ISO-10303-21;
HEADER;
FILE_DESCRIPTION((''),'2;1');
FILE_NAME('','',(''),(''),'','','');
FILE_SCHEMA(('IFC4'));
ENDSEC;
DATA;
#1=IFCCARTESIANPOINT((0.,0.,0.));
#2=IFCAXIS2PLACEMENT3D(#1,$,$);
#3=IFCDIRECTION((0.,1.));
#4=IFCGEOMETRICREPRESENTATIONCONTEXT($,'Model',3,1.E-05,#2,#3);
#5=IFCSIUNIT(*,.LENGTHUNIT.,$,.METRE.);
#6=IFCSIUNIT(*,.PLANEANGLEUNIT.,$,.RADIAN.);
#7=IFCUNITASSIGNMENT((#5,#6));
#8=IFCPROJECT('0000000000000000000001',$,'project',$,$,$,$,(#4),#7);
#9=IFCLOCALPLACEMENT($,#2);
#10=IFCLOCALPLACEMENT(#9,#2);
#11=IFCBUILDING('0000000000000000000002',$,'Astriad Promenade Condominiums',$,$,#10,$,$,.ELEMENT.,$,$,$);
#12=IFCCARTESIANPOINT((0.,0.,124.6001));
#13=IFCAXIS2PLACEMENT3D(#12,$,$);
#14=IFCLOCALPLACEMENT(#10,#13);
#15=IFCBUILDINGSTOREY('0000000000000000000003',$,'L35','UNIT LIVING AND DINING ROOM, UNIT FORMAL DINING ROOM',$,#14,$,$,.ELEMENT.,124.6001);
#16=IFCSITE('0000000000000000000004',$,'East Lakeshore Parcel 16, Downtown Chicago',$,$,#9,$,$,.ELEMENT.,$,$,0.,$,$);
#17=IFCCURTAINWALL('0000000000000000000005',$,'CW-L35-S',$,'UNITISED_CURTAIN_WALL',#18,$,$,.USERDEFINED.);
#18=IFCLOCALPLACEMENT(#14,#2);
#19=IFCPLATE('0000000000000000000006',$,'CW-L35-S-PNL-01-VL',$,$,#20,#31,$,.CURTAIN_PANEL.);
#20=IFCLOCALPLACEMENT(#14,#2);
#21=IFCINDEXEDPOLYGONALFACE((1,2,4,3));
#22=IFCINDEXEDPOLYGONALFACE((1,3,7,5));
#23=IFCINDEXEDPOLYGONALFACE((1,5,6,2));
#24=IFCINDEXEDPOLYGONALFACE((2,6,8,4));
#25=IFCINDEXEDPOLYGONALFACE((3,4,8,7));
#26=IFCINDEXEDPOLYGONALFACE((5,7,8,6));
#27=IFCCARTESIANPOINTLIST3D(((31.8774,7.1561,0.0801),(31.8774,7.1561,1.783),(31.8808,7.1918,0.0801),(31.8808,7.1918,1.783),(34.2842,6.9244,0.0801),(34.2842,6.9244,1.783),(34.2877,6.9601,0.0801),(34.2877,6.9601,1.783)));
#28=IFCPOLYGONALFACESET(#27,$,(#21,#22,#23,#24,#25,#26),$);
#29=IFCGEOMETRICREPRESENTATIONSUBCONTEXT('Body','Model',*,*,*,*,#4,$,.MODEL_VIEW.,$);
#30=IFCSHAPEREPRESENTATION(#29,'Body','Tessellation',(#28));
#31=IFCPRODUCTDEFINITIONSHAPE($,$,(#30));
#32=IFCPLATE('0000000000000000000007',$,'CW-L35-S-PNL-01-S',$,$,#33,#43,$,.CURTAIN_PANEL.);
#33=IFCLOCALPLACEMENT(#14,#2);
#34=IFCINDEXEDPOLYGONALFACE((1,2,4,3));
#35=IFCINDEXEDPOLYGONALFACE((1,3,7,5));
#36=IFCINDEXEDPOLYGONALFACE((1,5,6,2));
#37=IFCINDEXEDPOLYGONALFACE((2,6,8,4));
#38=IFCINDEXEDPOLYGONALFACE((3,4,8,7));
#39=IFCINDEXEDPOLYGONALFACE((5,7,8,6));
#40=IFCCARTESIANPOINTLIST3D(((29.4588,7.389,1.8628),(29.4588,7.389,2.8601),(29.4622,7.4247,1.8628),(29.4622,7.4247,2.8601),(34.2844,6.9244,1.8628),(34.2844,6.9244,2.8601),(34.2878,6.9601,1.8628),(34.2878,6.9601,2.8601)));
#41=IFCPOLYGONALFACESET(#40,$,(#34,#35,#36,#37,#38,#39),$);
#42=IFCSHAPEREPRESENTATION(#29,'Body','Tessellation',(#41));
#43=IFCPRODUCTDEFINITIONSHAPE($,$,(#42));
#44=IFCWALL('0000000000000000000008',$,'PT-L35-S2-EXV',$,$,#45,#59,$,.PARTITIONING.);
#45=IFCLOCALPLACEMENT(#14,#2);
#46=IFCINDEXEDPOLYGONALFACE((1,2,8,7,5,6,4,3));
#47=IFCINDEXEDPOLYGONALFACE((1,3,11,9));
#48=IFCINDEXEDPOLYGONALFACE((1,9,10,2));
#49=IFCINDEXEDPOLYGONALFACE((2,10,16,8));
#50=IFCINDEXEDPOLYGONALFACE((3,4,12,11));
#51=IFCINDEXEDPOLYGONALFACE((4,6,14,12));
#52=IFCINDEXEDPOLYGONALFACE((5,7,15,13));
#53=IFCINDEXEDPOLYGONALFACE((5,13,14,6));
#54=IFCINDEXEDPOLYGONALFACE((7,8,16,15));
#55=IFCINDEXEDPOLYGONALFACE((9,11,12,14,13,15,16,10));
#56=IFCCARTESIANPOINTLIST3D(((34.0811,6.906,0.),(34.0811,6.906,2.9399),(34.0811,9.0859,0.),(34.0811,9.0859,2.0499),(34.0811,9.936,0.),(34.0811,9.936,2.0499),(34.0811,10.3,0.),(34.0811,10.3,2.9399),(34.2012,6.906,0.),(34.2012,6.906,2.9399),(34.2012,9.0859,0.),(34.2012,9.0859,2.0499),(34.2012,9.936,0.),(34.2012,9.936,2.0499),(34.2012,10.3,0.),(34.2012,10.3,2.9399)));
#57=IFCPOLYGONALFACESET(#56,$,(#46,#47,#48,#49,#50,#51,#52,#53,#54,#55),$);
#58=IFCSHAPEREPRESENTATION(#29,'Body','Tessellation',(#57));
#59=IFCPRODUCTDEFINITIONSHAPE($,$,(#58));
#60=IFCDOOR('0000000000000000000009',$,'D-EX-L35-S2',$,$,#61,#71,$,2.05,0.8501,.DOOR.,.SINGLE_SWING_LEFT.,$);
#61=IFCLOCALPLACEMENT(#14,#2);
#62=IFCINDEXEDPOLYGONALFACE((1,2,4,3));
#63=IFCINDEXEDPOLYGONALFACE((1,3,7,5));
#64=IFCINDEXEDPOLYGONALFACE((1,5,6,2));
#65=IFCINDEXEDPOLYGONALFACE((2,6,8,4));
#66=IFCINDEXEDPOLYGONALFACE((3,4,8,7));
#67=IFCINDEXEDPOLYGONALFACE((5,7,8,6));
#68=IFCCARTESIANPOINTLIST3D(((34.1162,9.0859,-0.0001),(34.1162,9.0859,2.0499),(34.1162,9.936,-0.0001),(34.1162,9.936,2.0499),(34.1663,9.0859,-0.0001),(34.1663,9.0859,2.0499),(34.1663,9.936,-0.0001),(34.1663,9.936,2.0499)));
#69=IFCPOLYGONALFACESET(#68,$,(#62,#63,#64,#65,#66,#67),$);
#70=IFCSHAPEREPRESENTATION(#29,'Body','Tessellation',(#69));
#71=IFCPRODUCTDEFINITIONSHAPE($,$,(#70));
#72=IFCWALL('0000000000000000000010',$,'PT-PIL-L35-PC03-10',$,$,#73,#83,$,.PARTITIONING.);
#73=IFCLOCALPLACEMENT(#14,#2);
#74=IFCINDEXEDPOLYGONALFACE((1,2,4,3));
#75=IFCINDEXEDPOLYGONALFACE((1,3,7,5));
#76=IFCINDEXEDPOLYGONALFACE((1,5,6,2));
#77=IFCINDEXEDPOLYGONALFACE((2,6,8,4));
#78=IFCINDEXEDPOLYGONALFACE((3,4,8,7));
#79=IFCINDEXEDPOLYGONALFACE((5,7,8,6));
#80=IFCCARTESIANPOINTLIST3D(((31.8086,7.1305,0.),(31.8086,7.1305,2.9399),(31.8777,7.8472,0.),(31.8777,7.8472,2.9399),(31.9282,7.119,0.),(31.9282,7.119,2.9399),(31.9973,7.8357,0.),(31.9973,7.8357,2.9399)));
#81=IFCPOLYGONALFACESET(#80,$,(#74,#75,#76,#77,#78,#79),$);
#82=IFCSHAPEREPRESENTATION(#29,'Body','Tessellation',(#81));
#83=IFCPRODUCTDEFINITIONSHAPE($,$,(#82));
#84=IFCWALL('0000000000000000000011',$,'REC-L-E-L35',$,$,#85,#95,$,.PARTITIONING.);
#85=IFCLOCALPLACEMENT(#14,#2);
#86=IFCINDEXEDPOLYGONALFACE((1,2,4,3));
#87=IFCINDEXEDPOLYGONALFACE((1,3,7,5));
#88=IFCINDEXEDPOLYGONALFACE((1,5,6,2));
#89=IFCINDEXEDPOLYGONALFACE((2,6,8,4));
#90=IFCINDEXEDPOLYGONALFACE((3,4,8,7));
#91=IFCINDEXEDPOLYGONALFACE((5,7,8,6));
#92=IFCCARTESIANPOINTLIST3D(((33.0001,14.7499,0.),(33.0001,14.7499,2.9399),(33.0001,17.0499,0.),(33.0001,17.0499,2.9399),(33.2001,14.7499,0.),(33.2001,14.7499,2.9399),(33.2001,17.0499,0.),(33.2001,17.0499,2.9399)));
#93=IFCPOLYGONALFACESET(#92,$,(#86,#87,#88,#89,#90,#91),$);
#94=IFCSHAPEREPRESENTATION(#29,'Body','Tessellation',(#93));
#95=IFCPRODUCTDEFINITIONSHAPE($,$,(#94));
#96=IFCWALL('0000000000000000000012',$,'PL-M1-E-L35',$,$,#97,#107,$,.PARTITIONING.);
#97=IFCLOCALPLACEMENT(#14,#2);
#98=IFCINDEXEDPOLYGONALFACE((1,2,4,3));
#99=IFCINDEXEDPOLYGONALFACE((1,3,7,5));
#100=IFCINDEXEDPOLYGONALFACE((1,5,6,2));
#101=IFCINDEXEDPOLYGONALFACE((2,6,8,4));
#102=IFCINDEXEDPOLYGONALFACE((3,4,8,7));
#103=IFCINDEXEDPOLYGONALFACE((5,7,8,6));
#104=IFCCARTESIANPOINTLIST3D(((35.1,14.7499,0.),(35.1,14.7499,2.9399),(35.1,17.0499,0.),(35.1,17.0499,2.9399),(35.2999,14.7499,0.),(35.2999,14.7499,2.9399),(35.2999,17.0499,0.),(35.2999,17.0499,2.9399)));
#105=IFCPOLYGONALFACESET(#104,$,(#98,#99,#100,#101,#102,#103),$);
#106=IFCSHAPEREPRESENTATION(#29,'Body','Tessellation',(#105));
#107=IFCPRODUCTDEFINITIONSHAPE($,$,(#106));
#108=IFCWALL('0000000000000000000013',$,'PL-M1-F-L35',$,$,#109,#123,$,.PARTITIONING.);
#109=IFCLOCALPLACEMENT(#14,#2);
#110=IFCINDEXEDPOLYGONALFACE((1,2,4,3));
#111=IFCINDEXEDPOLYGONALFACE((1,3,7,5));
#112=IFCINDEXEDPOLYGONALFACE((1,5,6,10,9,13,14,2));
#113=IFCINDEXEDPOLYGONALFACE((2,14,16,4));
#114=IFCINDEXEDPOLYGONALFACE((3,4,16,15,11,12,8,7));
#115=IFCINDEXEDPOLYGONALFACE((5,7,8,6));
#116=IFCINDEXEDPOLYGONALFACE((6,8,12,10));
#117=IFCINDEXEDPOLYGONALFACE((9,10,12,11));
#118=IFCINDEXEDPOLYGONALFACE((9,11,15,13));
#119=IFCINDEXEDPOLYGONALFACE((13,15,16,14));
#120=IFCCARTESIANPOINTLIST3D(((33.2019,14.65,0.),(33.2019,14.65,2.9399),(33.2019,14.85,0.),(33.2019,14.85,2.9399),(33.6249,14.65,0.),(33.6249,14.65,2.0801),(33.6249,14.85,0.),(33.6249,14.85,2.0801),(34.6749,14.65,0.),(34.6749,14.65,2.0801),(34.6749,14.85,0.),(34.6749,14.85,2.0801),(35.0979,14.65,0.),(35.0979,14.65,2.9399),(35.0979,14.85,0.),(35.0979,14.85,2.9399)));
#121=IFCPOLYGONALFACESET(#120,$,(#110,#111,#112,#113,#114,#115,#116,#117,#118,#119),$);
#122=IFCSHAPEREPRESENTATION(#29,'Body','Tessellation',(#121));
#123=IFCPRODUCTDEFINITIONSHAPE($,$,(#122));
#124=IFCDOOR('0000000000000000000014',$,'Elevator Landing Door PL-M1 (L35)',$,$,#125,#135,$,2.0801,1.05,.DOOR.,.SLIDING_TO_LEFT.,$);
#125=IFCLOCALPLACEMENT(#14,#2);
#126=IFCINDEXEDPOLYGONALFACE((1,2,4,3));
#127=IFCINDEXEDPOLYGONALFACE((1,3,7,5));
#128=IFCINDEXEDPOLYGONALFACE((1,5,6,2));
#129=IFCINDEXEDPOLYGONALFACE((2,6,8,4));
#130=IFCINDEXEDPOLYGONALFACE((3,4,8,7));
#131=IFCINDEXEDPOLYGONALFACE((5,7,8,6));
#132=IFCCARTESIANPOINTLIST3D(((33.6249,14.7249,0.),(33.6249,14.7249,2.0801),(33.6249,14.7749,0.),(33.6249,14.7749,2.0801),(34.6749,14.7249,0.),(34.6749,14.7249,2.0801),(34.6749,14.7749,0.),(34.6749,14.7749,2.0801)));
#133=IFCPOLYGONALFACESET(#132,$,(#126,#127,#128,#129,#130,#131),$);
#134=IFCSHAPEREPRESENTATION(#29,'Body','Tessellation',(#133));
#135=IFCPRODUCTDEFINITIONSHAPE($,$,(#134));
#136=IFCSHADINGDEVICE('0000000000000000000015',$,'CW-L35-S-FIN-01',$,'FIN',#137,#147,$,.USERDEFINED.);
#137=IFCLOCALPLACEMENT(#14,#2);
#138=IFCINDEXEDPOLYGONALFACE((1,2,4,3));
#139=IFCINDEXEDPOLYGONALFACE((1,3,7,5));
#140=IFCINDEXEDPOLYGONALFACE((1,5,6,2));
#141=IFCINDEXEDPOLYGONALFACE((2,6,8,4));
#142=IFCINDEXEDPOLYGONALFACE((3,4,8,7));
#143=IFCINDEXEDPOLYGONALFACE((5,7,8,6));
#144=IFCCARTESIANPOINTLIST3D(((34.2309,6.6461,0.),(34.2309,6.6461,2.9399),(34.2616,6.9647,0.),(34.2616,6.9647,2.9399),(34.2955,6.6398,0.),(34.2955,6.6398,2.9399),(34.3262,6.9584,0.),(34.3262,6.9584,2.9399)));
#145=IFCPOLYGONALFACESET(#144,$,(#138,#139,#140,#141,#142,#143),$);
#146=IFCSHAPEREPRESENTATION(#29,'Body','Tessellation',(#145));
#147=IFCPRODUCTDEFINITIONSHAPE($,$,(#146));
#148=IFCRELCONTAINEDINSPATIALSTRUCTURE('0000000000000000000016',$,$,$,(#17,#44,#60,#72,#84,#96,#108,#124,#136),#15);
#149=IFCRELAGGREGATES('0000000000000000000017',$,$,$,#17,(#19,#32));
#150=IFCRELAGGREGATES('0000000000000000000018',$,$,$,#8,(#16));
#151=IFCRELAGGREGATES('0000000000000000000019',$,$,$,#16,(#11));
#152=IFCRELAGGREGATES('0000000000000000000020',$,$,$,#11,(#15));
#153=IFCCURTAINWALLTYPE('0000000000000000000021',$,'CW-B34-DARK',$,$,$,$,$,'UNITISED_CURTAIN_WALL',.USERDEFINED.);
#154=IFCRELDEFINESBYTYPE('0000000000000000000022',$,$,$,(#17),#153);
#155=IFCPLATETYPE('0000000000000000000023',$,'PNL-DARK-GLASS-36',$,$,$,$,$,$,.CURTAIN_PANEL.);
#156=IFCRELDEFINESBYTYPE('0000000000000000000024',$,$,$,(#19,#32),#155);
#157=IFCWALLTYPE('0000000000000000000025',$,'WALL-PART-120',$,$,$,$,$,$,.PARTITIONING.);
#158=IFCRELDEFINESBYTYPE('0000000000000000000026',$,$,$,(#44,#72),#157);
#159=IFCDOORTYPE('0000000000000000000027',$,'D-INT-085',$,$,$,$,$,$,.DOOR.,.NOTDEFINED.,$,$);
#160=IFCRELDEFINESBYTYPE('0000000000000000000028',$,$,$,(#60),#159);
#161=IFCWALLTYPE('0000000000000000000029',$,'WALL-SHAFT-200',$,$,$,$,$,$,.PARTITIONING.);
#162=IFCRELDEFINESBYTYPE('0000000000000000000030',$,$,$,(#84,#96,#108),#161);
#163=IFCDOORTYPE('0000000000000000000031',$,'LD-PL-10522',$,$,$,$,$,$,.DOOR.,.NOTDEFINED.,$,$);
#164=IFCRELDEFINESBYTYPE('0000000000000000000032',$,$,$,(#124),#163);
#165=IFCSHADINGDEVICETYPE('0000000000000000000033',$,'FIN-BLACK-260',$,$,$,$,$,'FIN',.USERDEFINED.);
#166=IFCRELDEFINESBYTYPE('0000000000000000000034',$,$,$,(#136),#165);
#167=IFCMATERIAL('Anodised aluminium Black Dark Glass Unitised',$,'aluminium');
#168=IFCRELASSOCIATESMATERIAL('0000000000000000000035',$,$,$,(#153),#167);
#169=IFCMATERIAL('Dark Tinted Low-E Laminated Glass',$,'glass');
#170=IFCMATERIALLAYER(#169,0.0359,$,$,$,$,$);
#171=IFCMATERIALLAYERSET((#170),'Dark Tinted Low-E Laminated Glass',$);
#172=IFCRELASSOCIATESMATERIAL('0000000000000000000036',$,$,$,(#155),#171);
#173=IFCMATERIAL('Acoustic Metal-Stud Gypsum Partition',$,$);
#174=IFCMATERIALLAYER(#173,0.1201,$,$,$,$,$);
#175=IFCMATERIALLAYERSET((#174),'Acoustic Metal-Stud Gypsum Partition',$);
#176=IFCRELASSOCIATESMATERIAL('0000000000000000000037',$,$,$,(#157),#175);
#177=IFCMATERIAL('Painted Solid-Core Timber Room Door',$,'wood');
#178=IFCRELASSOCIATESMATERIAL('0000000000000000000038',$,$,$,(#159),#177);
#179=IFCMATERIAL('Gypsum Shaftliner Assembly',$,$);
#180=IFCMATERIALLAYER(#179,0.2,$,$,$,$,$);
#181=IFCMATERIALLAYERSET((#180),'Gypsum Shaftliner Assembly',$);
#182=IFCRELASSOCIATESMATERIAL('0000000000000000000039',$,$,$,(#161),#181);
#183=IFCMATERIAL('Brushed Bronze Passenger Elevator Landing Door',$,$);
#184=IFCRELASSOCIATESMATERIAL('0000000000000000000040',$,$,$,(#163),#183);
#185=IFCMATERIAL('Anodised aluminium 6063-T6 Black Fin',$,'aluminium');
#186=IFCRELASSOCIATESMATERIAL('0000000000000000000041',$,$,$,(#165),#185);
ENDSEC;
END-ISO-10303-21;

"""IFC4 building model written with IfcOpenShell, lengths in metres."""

from ifc_helpers import new_model, si_unit, direction, frame, frame_2d, origin, origin_2d, place, context, subcontext, project, spatial, rectangle, extrude, source, transform, mapped, material, layer, layer_set, type_object, type_shapes, element, fill, aggregate, save


model = new_model("IFC4")

# Units and contexts
model_context = context("Model", 3, precision=1e-05, world=origin(), true_north=direction((0.0, 1.0)))
body_context = subcontext(model_context, "Body", "Model", "MODEL_VIEW")
ifc_project = project(units=[si_unit("LENGTHUNIT", "METRE"), si_unit("PLANEANGLEUNIT", "RADIAN")], contexts=[model_context])

# Site, building, storey
site_placement = place(None, origin())
site = spatial("IfcSite", under=ifc_project, at=site_placement, Name="East Lakeshore Parcel 16, Downtown Chicago", CompositionType="ELEMENT", RefElevation=0.0)
building_placement = place(site_placement, origin())
building = spatial("IfcBuilding", under=site, at=building_placement, Name="Astriad Promenade Condominiums", CompositionType="ELEMENT")
storey_placement = place(building_placement, frame((0.0, 0.0, 124.6001)))
storey = spatial("IfcBuildingStorey", under=building, at=storey_placement, Name="L35", Description="UNIT LIVING AND DINING ROOM, UNIT FORMAL DINING ROOM", CompositionType="ELEMENT", Elevation=124.6001)

# Curtain wall, plates
ifc_material_1 = material(Name="Anodised aluminium Black Dark Glass Unitised", Category="aluminium")
curtain_wall_type = type_object("IfcCurtainWallType", Name="CW-B34-DARK", ElementType="UNITISED_CURTAIN_WALL", PredefinedType="USERDEFINED", material=ifc_material_1)
curtain_wall_placement = place(storey_placement, origin())
curtain_wall = element("IfcCurtainWall", 1, at=curtain_wall_placement, inside=storey, type_object=curtain_wall_type, Name="CW-L35-S", ObjectType="UNITISED_CURTAIN_WALL", PredefinedType="USERDEFINED")
ifc_material_2 = material(Name="Dark Tinted Low-E Laminated Glass", Category="glass")
ifc_layer_1 = layer(ifc_material_2, 0.0359)
ifc_layer_set_1 = layer_set([ifc_layer_1], Name="Dark Tinted Low-E Laminated Glass")
plate_type = type_object("IfcPlateType", Name="PNL-DARK-GLASS-36", PredefinedType="CURTAIN_PANEL", material=ifc_layer_set_1)
shared_shape_1 = source(origin(), body_context, "Body", "SweptSolid", [
    extrude(rectangle(XDim=2.418, YDim=0.0359, at=origin_2d()), origin(), (0.0, 0.0, 1.0), 1.7029),
])
plate_1_placement = place(storey_placement, frame((33.0825, 7.0581, 0.0801), z_axis=(0.0, 0.0, 1.0), x_axis=(-0.995396, 0.095846, 0.0)))
plate_1 = element("IfcPlate", 2, at=plate_1_placement, type_object=plate_type, Name="CW-L35-S-PNL-01-VL", PredefinedType="CURTAIN_PANEL", context=body_context, shape_type="MappedRepresentation", body=[
    mapped(shared_shape_1, transform((0.0, 0.0, 0.0), scale=1.0)),
])
shared_shape_2 = source(origin(), body_context, "Body", "SweptSolid", [
    extrude(rectangle(XDim=4.8479, YDim=0.0359, at=origin_2d()), origin(), (0.0, 0.0, 1.0), 0.9973),
])
type_shapes(plate_type, [shared_shape_1, shared_shape_2])
plate_2_placement = place(storey_placement, frame((31.8733, 7.1746, 1.8628), z_axis=(0.0, 0.0, 1.0), x_axis=(-0.995396, 0.095846, 0.0)))
plate_2 = element("IfcPlate", 3, at=plate_2_placement, type_object=plate_type, Name="CW-L35-S-PNL-01-S", PredefinedType="CURTAIN_PANEL", context=body_context, shape_type="MappedRepresentation", body=[
    mapped(shared_shape_2, transform((0.0, 0.0, 0.0), scale=1.0)),
])
aggregate(curtain_wall, [plate_1, plate_2])

# Wall, opening, door
ifc_material_3 = material(Name="Acoustic Metal-Stud Gypsum Partition")
ifc_layer_2 = layer(ifc_material_3, 0.1201)
ifc_layer_set_2 = layer_set([ifc_layer_2], Name="Acoustic Metal-Stud Gypsum Partition")
wall_type_1 = type_object("IfcWallType", Name="WALL-PART-120", PredefinedType="PARTITIONING", material=ifc_layer_set_2)
wall_1_placement = place(storey_placement, frame((34.1411, 6.906, 0.0), z_axis=(0.0, 0.0, 1.0), x_axis=(0.0, 1.0, 0.0)))
wall_1 = element("IfcWall", 4, at=wall_1_placement, inside=storey, type_object=wall_type_1, Name="PT-L35-S2-EXV", PredefinedType="PARTITIONING", context=body_context, shape_type="SweptSolid", body=[
    extrude(rectangle(XDim=3.394, YDim=0.1201, at=frame_2d((1.697, 0.0))), origin(), (0.0, 0.0, 1.0), 2.9399),
])
opening_1_placement = place(wall_1_placement, frame((2.1799, 0.0, 0.0)))
opening_1 = element("IfcOpeningElement", 5, at=opening_1_placement, cuts=wall_1, PredefinedType="OPENING", context=body_context, shape_type="SweptSolid", body=[
    extrude(rectangle(XDim=0.8501, YDim=2.05, at=frame_2d((0.425, 1.0249))), frame((0.0, 0.0701, 0.0), z_axis=(0.0, -1.0, 0.0), x_axis=(1.0, 0.0, 0.0)), (0.0, 0.0, 1.0), 0.1401),
])
ifc_material_4 = material(Name="Painted Solid-Core Timber Room Door", Category="wood")
door_type_1 = type_object("IfcDoorType", Name="D-INT-085", OperationType="NOTDEFINED", PredefinedType="DOOR", material=ifc_material_4)
shared_shape_3 = source(origin(), body_context, "Body", "SweptSolid", [
    extrude(rectangle(XDim=0.8501, YDim=2.05, at=frame_2d((0.425, 1.0249))), frame((0.0, 0.0249, 0.0), z_axis=(0.0, -1.0, 0.0), x_axis=(1.0, 0.0, 0.0)), (0.0, 0.0, 1.0), 0.05),
])
type_shapes(door_type_1, [shared_shape_3])
door_1_placement = place(opening_1_placement, origin())
door_1 = element("IfcDoor", 6, at=door_1_placement, inside=storey, type_object=door_type_1, Name="D-EX-L35-S2", OperationType="SINGLE_SWING_LEFT", OverallHeight=2.05, OverallWidth=0.8501, PredefinedType="DOOR", context=body_context, shape_type="MappedRepresentation", body=[
    mapped(shared_shape_3, transform((0.0, 0.0, 0.0), scale=1.0)),
])
fill(opening_1, door_1)

# Walls
wall_2_placement = place(storey_placement, frame((31.9375, 7.8413, 0.0), z_axis=(0.0, 0.0, 1.0), x_axis=(-0.095977, -0.995384, 0.0)))
element("IfcWall", 7, at=wall_2_placement, inside=storey, type_object=wall_type_1, Name="PT-PIL-L35-PC03-10", PredefinedType="PARTITIONING", context=body_context, shape_type="SweptSolid", body=[
    extrude(rectangle(XDim=0.72, YDim=0.1201, at=frame_2d((0.3599, 0.0))), origin(), (0.0, 0.0, 1.0), 2.9399),
])
ifc_material_5 = material(Name="Gypsum Shaftliner Assembly")
ifc_layer_3 = layer(ifc_material_5, 0.2)
ifc_layer_set_3 = layer_set([ifc_layer_3], Name="Gypsum Shaftliner Assembly")
wall_type_2 = type_object("IfcWallType", Name="WALL-SHAFT-200", PredefinedType="PARTITIONING", material=ifc_layer_set_3)
for number, where, z_axis, x_axis, name in (
    (8, (33.1001, 14.75, 0.0), (0.0, 0.0, 1.0), (0.0, 1.0, 0.0), "REC-L-E-L35"),
    (9, (35.2, 14.75, 0.0), (0.0, 0.0, 1.0), (0.0, 1.0, 0.0), "PL-M1-E-L35"),
):
    element("IfcWall", number, at=place(storey_placement, frame(where, z_axis=z_axis, x_axis=x_axis)), inside=storey, type_object=wall_type_2, Name=name, PredefinedType="PARTITIONING", context=body_context, shape_type="SweptSolid", body=[
        extrude(rectangle(XDim=2.3, YDim=0.2, at=frame_2d((1.1499, 0.0))), origin(), (0.0, 0.0, 1.0), 2.9399),
    ])

# Wall, opening, door
wall_3_placement = place(storey_placement, frame((33.2019, 14.75, 0.0), z_axis=(0.0, 0.0, 1.0), x_axis=(1.0, 0.0, 0.0)))
wall_3 = element("IfcWall", 10, at=wall_3_placement, inside=storey, type_object=wall_type_2, Name="PL-M1-F-L35", PredefinedType="PARTITIONING", context=body_context, shape_type="SweptSolid", body=[
    extrude(rectangle(XDim=1.896, YDim=0.2, at=frame_2d((0.948, 0.0))), origin(), (0.0, 0.0, 1.0), 2.9399),
])
opening_2_placement = place(wall_3_placement, frame((0.4231, 0.0, 0.0)))
opening_2 = element("IfcOpeningElement", 11, at=opening_2_placement, cuts=wall_3, PredefinedType="OPENING", context=body_context, shape_type="SweptSolid", body=[
    extrude(rectangle(XDim=1.05, YDim=2.0801, at=frame_2d((0.5249, 1.04))), frame((0.0, 0.1099, 0.0), z_axis=(0.0, -1.0, 0.0), x_axis=(1.0, 0.0, 0.0)), (0.0, 0.0, 1.0), 0.22),
])
ifc_material_6 = material(Name="Brushed Bronze Passenger Elevator Landing Door")
door_type_2 = type_object("IfcDoorType", Name="LD-PL-10522", OperationType="NOTDEFINED", PredefinedType="DOOR", material=ifc_material_6)
shared_shape_4 = source(origin(), body_context, "Body", "SweptSolid", [
    extrude(rectangle(XDim=1.05, YDim=2.0801, at=frame_2d((0.5249, 1.04))), frame((0.0, 0.0249, 0.0), z_axis=(0.0, -1.0, 0.0), x_axis=(1.0, 0.0, 0.0)), (0.0, 0.0, 1.0), 0.05),
])
type_shapes(door_type_2, [shared_shape_4])
door_2_placement = place(opening_2_placement, origin())
door_2 = element("IfcDoor", 12, at=door_2_placement, inside=storey, type_object=door_type_2, Name="Elevator Landing Door PL-M1 (L35)", OperationType="SLIDING_TO_LEFT", OverallHeight=2.0801, OverallWidth=1.05, PredefinedType="DOOR", context=body_context, shape_type="MappedRepresentation", body=[
    mapped(shared_shape_4, transform((0.0, 0.0, 0.0), scale=1.0)),
])
fill(opening_2, door_2)

# Shading device
ifc_material_7 = material(Name="Anodised aluminium 6063-T6 Black Fin", Category="aluminium")
shading_device_type = type_object("IfcShadingDeviceType", Name="FIN-BLACK-260", ElementType="FIN", PredefinedType="USERDEFINED", material=ifc_material_7)
shared_shape_5 = source(origin(), body_context, "Body", "SweptSolid", [
    extrude(rectangle(XDim=0.0649, YDim=0.3201, at=origin_2d()), origin(), (0.0, 0.0, 1.0), 2.9399),
])
type_shapes(shading_device_type, [shared_shape_5])
shading_device_placement = place(storey_placement, frame((34.2786, 6.8022, 0.0), z_axis=(0.0, 0.0, 1.0), x_axis=(-0.995396, 0.095846, 0.0)))
element("IfcShadingDevice", 13, at=shading_device_placement, inside=storey, type_object=shading_device_type, Name="CW-L35-S-FIN-01", ObjectType="FIN", PredefinedType="USERDEFINED", context=body_context, shape_type="MappedRepresentation", body=[
    mapped(shared_shape_5, transform((0.0, 0.0, 0.0), scale=1.0)),
])

save(model, "model.ifc")
